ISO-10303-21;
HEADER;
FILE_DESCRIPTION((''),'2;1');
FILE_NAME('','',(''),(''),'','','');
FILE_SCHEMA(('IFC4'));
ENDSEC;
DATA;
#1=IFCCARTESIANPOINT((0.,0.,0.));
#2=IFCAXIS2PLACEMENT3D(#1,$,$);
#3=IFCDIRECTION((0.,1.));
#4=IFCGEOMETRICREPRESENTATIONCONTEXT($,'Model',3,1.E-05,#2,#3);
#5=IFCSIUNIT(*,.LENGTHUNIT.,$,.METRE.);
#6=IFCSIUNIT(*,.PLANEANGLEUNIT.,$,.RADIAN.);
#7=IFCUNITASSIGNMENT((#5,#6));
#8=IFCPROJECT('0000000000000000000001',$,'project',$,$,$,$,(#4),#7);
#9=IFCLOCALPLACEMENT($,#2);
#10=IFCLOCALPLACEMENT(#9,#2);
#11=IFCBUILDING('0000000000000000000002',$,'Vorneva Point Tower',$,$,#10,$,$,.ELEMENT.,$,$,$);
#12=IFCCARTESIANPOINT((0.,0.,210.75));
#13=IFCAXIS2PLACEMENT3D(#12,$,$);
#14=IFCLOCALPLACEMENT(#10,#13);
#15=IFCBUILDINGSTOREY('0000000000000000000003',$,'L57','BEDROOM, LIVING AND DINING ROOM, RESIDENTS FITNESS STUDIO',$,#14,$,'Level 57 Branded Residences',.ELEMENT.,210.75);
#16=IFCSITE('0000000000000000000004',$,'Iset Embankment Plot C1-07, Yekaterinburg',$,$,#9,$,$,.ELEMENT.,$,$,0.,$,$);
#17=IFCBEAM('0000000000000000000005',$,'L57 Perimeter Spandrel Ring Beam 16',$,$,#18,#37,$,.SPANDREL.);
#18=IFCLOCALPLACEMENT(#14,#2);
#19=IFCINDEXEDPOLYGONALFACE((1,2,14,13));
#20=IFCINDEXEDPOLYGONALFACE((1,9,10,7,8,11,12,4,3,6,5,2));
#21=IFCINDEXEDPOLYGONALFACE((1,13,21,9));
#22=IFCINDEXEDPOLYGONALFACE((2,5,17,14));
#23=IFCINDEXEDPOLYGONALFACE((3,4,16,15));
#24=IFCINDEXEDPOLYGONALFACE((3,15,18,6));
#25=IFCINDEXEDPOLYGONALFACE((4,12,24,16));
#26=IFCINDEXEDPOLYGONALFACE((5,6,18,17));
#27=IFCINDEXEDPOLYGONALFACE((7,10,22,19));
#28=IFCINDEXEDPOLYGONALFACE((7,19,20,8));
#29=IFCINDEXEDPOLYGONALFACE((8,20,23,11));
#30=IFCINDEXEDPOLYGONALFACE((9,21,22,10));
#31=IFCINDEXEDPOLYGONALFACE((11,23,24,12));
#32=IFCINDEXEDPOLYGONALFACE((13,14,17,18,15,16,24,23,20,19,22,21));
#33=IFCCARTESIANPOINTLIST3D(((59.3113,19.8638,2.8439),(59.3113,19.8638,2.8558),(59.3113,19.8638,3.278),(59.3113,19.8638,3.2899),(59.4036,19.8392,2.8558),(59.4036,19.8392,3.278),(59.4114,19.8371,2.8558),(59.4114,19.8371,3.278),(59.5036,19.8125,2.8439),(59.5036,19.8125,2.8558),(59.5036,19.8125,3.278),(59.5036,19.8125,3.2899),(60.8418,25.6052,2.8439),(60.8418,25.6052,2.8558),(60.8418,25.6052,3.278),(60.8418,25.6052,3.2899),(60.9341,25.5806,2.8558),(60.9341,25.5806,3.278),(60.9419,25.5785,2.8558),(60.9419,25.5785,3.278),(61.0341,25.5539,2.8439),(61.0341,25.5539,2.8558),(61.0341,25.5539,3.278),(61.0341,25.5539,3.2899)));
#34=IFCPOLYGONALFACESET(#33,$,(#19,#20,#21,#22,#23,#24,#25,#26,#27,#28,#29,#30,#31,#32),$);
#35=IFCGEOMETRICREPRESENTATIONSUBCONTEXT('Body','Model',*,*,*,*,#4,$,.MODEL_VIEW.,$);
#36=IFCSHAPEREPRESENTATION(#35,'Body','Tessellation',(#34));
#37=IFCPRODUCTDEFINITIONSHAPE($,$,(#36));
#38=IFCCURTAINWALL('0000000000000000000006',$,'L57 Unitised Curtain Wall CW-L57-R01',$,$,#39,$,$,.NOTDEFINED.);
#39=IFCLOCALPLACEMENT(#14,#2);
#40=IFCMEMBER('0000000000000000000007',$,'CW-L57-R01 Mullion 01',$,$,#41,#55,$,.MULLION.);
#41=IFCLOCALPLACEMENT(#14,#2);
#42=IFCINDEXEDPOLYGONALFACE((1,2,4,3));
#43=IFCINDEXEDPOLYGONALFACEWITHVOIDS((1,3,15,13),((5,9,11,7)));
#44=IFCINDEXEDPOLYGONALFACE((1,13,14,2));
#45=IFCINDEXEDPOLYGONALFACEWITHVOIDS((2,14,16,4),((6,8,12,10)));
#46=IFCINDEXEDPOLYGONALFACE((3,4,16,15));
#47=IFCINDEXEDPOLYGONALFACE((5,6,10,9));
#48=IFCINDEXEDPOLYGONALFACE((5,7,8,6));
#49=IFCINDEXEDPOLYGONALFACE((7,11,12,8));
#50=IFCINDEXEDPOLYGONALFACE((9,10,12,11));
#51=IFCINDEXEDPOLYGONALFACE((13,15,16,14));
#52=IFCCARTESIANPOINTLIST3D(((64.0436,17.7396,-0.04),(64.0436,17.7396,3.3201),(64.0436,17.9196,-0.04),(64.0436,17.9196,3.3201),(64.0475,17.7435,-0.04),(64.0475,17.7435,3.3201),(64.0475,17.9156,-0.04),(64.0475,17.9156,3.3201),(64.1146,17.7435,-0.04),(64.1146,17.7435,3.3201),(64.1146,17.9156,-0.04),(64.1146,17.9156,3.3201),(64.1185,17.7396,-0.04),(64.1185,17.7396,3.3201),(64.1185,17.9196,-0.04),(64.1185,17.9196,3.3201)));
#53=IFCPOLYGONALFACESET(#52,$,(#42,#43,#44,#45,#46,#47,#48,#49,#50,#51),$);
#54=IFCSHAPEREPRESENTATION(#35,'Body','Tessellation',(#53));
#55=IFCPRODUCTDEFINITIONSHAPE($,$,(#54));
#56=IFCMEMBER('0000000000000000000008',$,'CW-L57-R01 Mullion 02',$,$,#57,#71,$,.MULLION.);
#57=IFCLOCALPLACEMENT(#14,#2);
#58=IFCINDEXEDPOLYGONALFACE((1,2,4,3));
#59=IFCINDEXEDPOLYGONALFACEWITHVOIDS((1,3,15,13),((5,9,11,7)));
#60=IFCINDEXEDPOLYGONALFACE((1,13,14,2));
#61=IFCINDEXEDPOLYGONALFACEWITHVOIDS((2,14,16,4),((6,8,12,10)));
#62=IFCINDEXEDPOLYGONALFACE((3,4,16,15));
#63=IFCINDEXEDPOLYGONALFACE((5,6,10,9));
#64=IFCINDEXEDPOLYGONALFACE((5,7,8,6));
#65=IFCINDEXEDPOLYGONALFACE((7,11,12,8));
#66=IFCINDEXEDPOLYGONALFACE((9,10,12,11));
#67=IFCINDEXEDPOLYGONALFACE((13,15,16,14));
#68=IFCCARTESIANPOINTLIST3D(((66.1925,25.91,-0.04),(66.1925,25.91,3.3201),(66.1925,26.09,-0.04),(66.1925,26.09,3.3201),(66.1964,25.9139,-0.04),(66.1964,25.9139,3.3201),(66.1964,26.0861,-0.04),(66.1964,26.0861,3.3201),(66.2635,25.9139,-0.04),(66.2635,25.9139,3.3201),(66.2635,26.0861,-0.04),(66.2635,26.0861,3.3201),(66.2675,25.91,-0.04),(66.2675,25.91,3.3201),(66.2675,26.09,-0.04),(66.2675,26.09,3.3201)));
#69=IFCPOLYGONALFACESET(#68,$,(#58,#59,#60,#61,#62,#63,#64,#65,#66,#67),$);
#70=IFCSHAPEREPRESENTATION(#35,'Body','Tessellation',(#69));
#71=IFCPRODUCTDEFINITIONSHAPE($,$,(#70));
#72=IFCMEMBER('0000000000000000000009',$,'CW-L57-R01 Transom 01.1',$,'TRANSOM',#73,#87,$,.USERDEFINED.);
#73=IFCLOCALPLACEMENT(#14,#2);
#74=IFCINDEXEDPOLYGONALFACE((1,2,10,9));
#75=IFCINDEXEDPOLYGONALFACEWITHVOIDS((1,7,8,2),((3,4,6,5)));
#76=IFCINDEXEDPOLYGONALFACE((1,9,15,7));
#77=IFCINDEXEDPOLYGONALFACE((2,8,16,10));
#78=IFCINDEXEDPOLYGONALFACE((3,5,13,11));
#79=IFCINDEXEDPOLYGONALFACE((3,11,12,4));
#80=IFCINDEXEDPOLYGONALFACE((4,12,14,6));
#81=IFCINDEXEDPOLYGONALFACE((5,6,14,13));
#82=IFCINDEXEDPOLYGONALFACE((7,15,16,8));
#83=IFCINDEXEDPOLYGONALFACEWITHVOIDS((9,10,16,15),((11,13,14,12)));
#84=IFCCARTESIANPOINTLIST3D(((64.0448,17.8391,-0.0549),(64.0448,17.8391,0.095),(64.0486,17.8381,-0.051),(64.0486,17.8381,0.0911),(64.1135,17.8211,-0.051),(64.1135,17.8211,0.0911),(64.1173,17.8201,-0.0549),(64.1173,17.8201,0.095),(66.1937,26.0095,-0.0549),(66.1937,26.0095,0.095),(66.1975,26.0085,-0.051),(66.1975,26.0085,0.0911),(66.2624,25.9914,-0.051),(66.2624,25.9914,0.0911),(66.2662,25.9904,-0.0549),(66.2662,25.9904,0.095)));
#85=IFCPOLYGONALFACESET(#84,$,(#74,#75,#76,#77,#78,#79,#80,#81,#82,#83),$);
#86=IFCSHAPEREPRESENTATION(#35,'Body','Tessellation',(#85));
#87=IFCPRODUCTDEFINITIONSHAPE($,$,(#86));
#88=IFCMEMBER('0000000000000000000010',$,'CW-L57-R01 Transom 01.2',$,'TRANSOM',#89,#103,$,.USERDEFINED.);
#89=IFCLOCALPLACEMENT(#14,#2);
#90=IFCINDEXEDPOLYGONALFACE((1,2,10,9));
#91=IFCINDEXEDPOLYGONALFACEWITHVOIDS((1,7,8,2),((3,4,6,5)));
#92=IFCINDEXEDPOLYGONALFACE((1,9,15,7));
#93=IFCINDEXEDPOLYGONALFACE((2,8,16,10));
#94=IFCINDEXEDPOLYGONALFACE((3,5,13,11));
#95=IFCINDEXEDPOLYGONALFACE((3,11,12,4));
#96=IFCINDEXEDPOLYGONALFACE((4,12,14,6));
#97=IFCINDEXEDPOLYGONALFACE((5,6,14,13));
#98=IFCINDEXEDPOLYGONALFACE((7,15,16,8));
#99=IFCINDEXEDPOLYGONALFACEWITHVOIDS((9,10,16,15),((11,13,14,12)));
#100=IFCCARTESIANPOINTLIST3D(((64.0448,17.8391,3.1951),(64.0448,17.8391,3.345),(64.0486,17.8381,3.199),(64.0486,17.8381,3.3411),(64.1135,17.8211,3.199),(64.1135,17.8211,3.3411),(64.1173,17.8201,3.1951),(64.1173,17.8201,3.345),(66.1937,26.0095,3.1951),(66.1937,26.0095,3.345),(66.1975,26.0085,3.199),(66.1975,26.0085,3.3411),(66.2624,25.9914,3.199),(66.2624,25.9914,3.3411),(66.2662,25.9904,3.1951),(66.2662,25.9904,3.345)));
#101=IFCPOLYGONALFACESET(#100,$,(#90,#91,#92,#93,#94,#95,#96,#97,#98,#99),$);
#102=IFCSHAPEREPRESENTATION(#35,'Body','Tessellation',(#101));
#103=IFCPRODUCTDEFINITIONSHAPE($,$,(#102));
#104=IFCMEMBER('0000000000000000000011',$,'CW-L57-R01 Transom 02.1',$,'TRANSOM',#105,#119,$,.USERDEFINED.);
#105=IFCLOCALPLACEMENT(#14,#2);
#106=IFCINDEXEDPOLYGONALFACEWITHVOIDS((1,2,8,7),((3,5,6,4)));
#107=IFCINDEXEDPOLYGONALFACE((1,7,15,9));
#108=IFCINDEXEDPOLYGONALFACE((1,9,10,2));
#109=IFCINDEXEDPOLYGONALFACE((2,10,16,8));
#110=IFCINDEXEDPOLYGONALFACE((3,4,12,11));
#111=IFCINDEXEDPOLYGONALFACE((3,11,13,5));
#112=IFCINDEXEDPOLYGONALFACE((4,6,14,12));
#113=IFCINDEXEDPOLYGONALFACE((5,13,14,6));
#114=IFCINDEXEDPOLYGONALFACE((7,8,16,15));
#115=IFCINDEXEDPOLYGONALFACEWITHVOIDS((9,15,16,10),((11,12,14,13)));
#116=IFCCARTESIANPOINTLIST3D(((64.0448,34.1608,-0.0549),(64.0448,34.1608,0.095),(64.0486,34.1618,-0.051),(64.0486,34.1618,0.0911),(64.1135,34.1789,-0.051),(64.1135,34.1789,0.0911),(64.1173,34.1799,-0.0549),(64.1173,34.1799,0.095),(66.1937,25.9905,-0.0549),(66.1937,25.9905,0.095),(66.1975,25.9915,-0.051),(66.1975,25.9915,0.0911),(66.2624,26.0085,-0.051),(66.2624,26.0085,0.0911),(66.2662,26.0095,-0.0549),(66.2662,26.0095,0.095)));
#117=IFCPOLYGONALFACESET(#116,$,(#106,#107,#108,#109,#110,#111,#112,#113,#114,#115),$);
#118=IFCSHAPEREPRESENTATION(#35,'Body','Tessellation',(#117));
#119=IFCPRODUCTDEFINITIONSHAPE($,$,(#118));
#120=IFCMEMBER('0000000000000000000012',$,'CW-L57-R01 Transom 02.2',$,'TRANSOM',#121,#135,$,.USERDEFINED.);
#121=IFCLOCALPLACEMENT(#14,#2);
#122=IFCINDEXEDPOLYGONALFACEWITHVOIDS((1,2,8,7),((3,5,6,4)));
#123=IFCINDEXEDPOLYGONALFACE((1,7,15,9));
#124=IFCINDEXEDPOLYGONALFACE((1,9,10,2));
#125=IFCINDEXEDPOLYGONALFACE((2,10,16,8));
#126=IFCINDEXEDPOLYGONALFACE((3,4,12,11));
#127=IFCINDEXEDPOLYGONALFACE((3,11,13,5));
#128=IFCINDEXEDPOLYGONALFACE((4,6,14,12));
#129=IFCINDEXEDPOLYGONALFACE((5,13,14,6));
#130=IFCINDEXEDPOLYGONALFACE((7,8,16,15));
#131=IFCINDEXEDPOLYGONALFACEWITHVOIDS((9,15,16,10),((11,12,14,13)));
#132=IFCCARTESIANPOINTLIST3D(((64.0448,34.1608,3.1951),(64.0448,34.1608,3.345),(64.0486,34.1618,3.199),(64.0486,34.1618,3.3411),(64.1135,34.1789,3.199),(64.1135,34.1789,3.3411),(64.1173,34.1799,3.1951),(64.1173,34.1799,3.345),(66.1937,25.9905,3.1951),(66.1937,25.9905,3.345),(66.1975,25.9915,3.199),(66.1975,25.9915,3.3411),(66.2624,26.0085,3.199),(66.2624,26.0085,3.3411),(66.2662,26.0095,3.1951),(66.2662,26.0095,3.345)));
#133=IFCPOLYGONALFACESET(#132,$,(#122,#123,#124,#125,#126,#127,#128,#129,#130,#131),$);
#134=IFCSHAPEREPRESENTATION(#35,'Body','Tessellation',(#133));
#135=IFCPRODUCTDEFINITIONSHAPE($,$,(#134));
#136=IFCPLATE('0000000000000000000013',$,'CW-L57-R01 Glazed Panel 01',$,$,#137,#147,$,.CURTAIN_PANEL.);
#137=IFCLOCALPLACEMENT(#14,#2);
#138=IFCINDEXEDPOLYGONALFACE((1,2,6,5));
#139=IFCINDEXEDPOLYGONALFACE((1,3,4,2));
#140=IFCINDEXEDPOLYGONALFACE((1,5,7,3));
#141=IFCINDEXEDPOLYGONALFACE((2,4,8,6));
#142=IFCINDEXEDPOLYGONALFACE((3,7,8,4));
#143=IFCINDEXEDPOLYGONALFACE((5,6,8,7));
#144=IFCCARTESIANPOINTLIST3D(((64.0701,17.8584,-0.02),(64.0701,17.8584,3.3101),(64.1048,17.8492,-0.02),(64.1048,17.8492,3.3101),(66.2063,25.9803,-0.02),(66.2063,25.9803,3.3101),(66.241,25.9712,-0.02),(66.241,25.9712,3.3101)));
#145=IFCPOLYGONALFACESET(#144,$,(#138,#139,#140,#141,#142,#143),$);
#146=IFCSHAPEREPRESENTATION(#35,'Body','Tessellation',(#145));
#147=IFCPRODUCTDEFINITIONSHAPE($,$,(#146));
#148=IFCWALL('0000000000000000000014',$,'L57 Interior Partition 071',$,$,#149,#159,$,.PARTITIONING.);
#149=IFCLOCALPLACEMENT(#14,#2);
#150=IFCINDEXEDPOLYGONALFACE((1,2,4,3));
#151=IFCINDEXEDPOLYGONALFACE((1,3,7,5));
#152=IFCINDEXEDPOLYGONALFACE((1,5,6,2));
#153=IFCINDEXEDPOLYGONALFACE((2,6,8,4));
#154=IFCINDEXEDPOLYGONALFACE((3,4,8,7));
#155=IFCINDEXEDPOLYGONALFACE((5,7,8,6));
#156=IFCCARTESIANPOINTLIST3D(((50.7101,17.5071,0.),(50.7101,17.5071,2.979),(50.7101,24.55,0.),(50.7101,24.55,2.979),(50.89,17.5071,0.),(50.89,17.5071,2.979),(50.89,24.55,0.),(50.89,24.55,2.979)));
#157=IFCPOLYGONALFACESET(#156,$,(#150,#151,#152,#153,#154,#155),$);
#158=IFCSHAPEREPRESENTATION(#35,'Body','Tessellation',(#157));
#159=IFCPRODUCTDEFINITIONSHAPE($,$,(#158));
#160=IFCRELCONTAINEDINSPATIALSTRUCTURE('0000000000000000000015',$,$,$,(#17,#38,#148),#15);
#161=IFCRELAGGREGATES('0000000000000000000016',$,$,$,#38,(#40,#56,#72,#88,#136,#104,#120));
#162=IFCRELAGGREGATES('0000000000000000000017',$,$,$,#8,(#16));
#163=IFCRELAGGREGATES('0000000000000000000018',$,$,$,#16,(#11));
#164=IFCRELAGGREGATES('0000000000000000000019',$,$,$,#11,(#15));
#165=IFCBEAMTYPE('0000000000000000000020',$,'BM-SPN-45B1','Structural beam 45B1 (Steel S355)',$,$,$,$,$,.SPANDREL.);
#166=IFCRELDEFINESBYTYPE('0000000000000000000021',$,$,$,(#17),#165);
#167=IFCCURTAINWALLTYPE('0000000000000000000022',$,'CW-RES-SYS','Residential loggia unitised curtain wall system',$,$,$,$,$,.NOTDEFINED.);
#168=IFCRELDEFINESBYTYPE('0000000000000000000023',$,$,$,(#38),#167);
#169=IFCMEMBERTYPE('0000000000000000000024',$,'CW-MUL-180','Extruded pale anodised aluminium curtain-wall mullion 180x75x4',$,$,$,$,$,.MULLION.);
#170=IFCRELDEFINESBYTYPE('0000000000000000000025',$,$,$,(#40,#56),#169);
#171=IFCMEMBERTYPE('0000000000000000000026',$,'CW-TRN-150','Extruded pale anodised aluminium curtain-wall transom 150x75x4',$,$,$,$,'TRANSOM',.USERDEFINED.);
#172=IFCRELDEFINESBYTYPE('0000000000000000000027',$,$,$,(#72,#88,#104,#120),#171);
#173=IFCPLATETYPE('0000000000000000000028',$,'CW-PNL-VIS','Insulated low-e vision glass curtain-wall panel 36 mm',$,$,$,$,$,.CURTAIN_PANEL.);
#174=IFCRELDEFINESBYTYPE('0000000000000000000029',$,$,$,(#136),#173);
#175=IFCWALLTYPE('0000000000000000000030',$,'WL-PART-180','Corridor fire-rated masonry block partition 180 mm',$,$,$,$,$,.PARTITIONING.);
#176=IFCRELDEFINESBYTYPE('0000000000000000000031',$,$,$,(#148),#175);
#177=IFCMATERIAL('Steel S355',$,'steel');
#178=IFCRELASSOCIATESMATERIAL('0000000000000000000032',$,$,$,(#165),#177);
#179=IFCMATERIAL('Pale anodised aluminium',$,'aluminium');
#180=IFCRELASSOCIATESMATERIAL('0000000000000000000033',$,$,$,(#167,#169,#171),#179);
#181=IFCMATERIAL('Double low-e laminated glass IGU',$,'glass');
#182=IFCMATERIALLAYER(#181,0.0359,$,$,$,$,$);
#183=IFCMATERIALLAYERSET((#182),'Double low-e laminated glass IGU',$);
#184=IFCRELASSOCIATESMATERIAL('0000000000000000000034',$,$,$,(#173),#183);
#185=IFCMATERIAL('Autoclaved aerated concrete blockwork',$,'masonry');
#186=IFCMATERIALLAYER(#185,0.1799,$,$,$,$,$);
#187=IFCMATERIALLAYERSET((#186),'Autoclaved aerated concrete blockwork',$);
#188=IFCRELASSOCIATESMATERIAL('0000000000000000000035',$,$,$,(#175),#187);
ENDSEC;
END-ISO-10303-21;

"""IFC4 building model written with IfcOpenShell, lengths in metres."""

from ifc_helpers import new_model, si_unit, direction, frame, frame_2d, origin, origin_2d, place, context, subcontext, project, spatial, rectangle, hollow_rectangle, i_section, extrude, material, layer, layer_set, material_profile, profile_set, type_object, element, aggregate, save


model = new_model("IFC4")

# Units and contexts
model_context = context("Model", 3, precision=1e-05, world=origin(), true_north=direction((0.0, 1.0)))
body_context = subcontext(model_context, "Body", "Model", "MODEL_VIEW")
ifc_project = project(units=[si_unit("LENGTHUNIT", "METRE"), si_unit("PLANEANGLEUNIT", "RADIAN")], contexts=[model_context])

# Site, building, storey
site_placement = place(None, origin())
site = spatial("IfcSite", under=ifc_project, at=site_placement, Name="Iset Embankment Plot C1-07, Yekaterinburg", CompositionType="ELEMENT", RefElevation=0.0)
building_placement = place(site_placement, origin())
building = spatial("IfcBuilding", under=site, at=building_placement, Name="Vorneva Point Tower", CompositionType="ELEMENT")
storey_placement = place(building_placement, frame((0.0, 0.0, 210.75)))
storey = spatial("IfcBuildingStorey", under=building, at=storey_placement, Name="L57", Description="BEDROOM, LIVING AND DINING ROOM, RESIDENTS FITNESS STUDIO", LongName="Level 57 Branded Residences", CompositionType="ELEMENT", Elevation=210.75)

# Beam
ifc_material_1 = material(Name="Steel S355", Category="steel")
ifc_material_profile_1 = material_profile(ifc_material_1, i_section(OverallWidth=0.199, OverallDepth=0.446, WebThickness=0.0081, FlangeThickness=0.012, at=origin_2d()), Name="45B1")
ifc_profile_set_1 = profile_set([ifc_material_profile_1], Name="Steel S355")
beam_type_1 = type_object("IfcBeamType", Name="BM-SPN-45B1", Description="Structural beam 45B1 (Steel S355)", PredefinedType="SPANDREL", material=ifc_profile_set_1)
for number, where, z_axis, x_axis, name in (
    (1, (59.4075, 19.8381, 3.0669), (0.257578, 0.966257, 0.0), (-0.966257, 0.257578, 0.0), "L57 Perimeter Spandrel Ring Beam 16"),
):
    element("IfcBeam", number, at=place(storey_placement, frame(where, z_axis=z_axis, x_axis=x_axis)), inside=storey, type_object=beam_type_1, Name=name, PredefinedType="SPANDREL", context=body_context, shape_type="SweptSolid", body=[
        extrude(i_section(OverallWidth=0.199, OverallDepth=0.446, WebThickness=0.0081, FlangeThickness=0.012, at=origin_2d()), origin(), (0.0, 0.0, 1.0), 5.9419),
    ])

# Curtain wall, members, plate
ifc_material_2 = material(Name="Pale anodised aluminium", Category="aluminium")
curtain_wall_type = type_object("IfcCurtainWallType", Name="CW-RES-SYS", Description="Residential loggia unitised curtain wall system", PredefinedType="NOTDEFINED", material=ifc_material_2)
curtain_wall_placement = place(storey_placement, origin())
curtain_wall = element("IfcCurtainWall", 2, at=curtain_wall_placement, inside=storey, type_object=curtain_wall_type, Name="L57 Unitised Curtain Wall CW-L57-R01", PredefinedType="NOTDEFINED")
ifc_material_profile_2 = material_profile(ifc_material_2, hollow_rectangle(XDim=0.075, YDim=0.1799, WallThickness=0.0039, at=origin_2d()), Name="AL-MUL 180x75x4")
ifc_profile_set_2 = profile_set([ifc_material_profile_2], Name="Pale anodised aluminium")
member_type_1 = type_object("IfcMemberType", Name="CW-MUL-180", Description="Extruded pale anodised aluminium curtain-wall mullion 180x75x4", PredefinedType="MULLION", material=ifc_profile_set_2)
member_1_placement = place(storey_placement, frame((64.0811, 17.8296, -0.04), z_axis=(0.0, 0.0, 1.0), x_axis=(1.0, 0.0, 0.0)))
member_1 = element("IfcMember", 3, at=member_1_placement, type_object=member_type_1, Name="CW-L57-R01 Mullion 01", PredefinedType="MULLION", context=body_context, shape_type="SweptSolid", body=[
    extrude(hollow_rectangle(XDim=0.075, YDim=0.1799, WallThickness=0.0039, at=origin_2d()), origin(), (0.0, 0.0, 1.0), 3.3601),
])
member_2_placement = place(storey_placement, frame((66.23, 26.0, -0.04), z_axis=(0.0, 0.0, 1.0), x_axis=(1.0, 0.0, 0.0)))
member_2 = element("IfcMember", 4, at=member_2_placement, type_object=member_type_1, Name="CW-L57-R01 Mullion 02", PredefinedType="MULLION", context=body_context, shape_type="SweptSolid", body=[
    extrude(hollow_rectangle(XDim=0.075, YDim=0.1799, WallThickness=0.0039, at=origin_2d()), origin(), (0.0, 0.0, 1.0), 3.3601),
])
ifc_material_profile_3 = material_profile(ifc_material_2, hollow_rectangle(XDim=0.075, YDim=0.1499, WallThickness=0.0039, at=origin_2d()), Name="AL-TRN 150x75x4")
ifc_profile_set_3 = profile_set([ifc_material_profile_3], Name="Pale anodised aluminium")
member_type_2 = type_object("IfcMemberType", Name="CW-TRN-150", Description="Extruded pale anodised aluminium curtain-wall transom 150x75x4", ElementType="TRANSOM", PredefinedType="USERDEFINED", material=ifc_profile_set_3)
member_3_placement = place(storey_placement, frame((64.0811, 17.8296, 0.02), z_axis=(0.254362, 0.967109, 0.0), x_axis=(-0.967109, 0.254362, 0.0)))
member_3 = element("IfcMember", 5, at=member_3_placement, type_object=member_type_2, Name="CW-L57-R01 Transom 01.1", ObjectType="TRANSOM", PredefinedType="USERDEFINED", context=body_context, shape_type="SweptSolid", body=[
    extrude(hollow_rectangle(XDim=0.075, YDim=0.1499, WallThickness=0.0039, at=origin_2d()), origin(), (0.0, 0.0, 1.0), 8.4482),
])
member_4_placement = place(storey_placement, frame((64.0811, 17.8296, 3.27), z_axis=(0.254362, 0.967109, 0.0), x_axis=(-0.967109, 0.254362, 0.0)))
member_4 = element("IfcMember", 6, at=member_4_placement, type_object=member_type_2, Name="CW-L57-R01 Transom 01.2", ObjectType="TRANSOM", PredefinedType="USERDEFINED", context=body_context, shape_type="SweptSolid", body=[
    extrude(hollow_rectangle(XDim=0.075, YDim=0.1499, WallThickness=0.0039, at=origin_2d()), origin(), (0.0, 0.0, 1.0), 8.4482),
])
member_5_placement = place(storey_placement, frame((66.23, 26.0, 0.02), z_axis=(-0.254362, 0.967109, 0.0), x_axis=(-0.967109, -0.254362, 0.0)))
member_5 = element("IfcMember", 7, at=member_5_placement, type_object=member_type_2, Name="CW-L57-R01 Transom 02.1", ObjectType="TRANSOM", PredefinedType="USERDEFINED", context=body_context, shape_type="SweptSolid", body=[
    extrude(hollow_rectangle(XDim=0.075, YDim=0.1499, WallThickness=0.0039, at=origin_2d()), origin(), (0.0, 0.0, 1.0), 8.4482),
])
member_6_placement = place(storey_placement, frame((66.23, 26.0, 3.27), z_axis=(-0.254362, 0.967109, 0.0), x_axis=(-0.967109, -0.254362, 0.0)))
member_6 = element("IfcMember", 8, at=member_6_placement, type_object=member_type_2, Name="CW-L57-R01 Transom 02.2", ObjectType="TRANSOM", PredefinedType="USERDEFINED", context=body_context, shape_type="SweptSolid", body=[
    extrude(hollow_rectangle(XDim=0.075, YDim=0.1499, WallThickness=0.0039, at=origin_2d()), origin(), (0.0, 0.0, 1.0), 8.4482),
])
ifc_material_3 = material(Name="Double low-e laminated glass IGU", Category="glass")
ifc_layer_1 = layer(ifc_material_3, 0.0359)
ifc_layer_set_1 = layer_set([ifc_layer_1], Name="Double low-e laminated glass IGU")
plate_type = type_object("IfcPlateType", Name="CW-PNL-VIS", Description="Insulated low-e vision glass curtain-wall panel 36 mm", PredefinedType="CURTAIN_PANEL", material=ifc_layer_set_1)
plate_placement = place(storey_placement, frame((65.1555, 21.9148, -0.02), z_axis=(0.0, 0.0, 1.0), x_axis=(0.254366, 0.967108, 0.0)))
plate = element("IfcPlate", 9, at=plate_placement, type_object=plate_type, Name="CW-L57-R01 Glazed Panel 01", PredefinedType="CURTAIN_PANEL", context=body_context, shape_type="SweptSolid", body=[
    extrude(rectangle(XDim=8.3982, YDim=0.0359, at=origin_2d()), origin(), (0.0, 0.0, 1.0), 3.3301),
])
aggregate(curtain_wall, [member_1, member_2, member_3, member_4, plate, member_5, member_6])

# Shared definitions
ifc_material_4 = material(Name="Autoclaved aerated concrete blockwork", Category="masonry")
ifc_layer_2 = layer(ifc_material_4, 0.1799)
ifc_layer_set_2 = layer_set([ifc_layer_2], Name="Autoclaved aerated concrete blockwork")
wall_type_1 = type_object("IfcWallType", Name="WL-PART-180", Description="Corridor fire-rated masonry block partition 180 mm", PredefinedType="PARTITIONING", material=ifc_layer_set_2)

# Wall
wall_1_placement = place(storey_placement, frame((50.8, 17.5071, 0.0), z_axis=(0.0, 0.0, 1.0), x_axis=(0.0, 1.0, 0.0)))
element("IfcWall", 10, at=wall_1_placement, inside=storey, type_object=wall_type_1, Name="L57 Interior Partition 071", PredefinedType="PARTITIONING", context=body_context, shape_type="SweptSolid", body=[
    extrude(rectangle(XDim=7.043, YDim=0.1799, at=frame_2d((3.5215, 0.0))), origin(), (0.0, 0.0, 1.0), 2.979),
])

save(model, "model.ifc")
